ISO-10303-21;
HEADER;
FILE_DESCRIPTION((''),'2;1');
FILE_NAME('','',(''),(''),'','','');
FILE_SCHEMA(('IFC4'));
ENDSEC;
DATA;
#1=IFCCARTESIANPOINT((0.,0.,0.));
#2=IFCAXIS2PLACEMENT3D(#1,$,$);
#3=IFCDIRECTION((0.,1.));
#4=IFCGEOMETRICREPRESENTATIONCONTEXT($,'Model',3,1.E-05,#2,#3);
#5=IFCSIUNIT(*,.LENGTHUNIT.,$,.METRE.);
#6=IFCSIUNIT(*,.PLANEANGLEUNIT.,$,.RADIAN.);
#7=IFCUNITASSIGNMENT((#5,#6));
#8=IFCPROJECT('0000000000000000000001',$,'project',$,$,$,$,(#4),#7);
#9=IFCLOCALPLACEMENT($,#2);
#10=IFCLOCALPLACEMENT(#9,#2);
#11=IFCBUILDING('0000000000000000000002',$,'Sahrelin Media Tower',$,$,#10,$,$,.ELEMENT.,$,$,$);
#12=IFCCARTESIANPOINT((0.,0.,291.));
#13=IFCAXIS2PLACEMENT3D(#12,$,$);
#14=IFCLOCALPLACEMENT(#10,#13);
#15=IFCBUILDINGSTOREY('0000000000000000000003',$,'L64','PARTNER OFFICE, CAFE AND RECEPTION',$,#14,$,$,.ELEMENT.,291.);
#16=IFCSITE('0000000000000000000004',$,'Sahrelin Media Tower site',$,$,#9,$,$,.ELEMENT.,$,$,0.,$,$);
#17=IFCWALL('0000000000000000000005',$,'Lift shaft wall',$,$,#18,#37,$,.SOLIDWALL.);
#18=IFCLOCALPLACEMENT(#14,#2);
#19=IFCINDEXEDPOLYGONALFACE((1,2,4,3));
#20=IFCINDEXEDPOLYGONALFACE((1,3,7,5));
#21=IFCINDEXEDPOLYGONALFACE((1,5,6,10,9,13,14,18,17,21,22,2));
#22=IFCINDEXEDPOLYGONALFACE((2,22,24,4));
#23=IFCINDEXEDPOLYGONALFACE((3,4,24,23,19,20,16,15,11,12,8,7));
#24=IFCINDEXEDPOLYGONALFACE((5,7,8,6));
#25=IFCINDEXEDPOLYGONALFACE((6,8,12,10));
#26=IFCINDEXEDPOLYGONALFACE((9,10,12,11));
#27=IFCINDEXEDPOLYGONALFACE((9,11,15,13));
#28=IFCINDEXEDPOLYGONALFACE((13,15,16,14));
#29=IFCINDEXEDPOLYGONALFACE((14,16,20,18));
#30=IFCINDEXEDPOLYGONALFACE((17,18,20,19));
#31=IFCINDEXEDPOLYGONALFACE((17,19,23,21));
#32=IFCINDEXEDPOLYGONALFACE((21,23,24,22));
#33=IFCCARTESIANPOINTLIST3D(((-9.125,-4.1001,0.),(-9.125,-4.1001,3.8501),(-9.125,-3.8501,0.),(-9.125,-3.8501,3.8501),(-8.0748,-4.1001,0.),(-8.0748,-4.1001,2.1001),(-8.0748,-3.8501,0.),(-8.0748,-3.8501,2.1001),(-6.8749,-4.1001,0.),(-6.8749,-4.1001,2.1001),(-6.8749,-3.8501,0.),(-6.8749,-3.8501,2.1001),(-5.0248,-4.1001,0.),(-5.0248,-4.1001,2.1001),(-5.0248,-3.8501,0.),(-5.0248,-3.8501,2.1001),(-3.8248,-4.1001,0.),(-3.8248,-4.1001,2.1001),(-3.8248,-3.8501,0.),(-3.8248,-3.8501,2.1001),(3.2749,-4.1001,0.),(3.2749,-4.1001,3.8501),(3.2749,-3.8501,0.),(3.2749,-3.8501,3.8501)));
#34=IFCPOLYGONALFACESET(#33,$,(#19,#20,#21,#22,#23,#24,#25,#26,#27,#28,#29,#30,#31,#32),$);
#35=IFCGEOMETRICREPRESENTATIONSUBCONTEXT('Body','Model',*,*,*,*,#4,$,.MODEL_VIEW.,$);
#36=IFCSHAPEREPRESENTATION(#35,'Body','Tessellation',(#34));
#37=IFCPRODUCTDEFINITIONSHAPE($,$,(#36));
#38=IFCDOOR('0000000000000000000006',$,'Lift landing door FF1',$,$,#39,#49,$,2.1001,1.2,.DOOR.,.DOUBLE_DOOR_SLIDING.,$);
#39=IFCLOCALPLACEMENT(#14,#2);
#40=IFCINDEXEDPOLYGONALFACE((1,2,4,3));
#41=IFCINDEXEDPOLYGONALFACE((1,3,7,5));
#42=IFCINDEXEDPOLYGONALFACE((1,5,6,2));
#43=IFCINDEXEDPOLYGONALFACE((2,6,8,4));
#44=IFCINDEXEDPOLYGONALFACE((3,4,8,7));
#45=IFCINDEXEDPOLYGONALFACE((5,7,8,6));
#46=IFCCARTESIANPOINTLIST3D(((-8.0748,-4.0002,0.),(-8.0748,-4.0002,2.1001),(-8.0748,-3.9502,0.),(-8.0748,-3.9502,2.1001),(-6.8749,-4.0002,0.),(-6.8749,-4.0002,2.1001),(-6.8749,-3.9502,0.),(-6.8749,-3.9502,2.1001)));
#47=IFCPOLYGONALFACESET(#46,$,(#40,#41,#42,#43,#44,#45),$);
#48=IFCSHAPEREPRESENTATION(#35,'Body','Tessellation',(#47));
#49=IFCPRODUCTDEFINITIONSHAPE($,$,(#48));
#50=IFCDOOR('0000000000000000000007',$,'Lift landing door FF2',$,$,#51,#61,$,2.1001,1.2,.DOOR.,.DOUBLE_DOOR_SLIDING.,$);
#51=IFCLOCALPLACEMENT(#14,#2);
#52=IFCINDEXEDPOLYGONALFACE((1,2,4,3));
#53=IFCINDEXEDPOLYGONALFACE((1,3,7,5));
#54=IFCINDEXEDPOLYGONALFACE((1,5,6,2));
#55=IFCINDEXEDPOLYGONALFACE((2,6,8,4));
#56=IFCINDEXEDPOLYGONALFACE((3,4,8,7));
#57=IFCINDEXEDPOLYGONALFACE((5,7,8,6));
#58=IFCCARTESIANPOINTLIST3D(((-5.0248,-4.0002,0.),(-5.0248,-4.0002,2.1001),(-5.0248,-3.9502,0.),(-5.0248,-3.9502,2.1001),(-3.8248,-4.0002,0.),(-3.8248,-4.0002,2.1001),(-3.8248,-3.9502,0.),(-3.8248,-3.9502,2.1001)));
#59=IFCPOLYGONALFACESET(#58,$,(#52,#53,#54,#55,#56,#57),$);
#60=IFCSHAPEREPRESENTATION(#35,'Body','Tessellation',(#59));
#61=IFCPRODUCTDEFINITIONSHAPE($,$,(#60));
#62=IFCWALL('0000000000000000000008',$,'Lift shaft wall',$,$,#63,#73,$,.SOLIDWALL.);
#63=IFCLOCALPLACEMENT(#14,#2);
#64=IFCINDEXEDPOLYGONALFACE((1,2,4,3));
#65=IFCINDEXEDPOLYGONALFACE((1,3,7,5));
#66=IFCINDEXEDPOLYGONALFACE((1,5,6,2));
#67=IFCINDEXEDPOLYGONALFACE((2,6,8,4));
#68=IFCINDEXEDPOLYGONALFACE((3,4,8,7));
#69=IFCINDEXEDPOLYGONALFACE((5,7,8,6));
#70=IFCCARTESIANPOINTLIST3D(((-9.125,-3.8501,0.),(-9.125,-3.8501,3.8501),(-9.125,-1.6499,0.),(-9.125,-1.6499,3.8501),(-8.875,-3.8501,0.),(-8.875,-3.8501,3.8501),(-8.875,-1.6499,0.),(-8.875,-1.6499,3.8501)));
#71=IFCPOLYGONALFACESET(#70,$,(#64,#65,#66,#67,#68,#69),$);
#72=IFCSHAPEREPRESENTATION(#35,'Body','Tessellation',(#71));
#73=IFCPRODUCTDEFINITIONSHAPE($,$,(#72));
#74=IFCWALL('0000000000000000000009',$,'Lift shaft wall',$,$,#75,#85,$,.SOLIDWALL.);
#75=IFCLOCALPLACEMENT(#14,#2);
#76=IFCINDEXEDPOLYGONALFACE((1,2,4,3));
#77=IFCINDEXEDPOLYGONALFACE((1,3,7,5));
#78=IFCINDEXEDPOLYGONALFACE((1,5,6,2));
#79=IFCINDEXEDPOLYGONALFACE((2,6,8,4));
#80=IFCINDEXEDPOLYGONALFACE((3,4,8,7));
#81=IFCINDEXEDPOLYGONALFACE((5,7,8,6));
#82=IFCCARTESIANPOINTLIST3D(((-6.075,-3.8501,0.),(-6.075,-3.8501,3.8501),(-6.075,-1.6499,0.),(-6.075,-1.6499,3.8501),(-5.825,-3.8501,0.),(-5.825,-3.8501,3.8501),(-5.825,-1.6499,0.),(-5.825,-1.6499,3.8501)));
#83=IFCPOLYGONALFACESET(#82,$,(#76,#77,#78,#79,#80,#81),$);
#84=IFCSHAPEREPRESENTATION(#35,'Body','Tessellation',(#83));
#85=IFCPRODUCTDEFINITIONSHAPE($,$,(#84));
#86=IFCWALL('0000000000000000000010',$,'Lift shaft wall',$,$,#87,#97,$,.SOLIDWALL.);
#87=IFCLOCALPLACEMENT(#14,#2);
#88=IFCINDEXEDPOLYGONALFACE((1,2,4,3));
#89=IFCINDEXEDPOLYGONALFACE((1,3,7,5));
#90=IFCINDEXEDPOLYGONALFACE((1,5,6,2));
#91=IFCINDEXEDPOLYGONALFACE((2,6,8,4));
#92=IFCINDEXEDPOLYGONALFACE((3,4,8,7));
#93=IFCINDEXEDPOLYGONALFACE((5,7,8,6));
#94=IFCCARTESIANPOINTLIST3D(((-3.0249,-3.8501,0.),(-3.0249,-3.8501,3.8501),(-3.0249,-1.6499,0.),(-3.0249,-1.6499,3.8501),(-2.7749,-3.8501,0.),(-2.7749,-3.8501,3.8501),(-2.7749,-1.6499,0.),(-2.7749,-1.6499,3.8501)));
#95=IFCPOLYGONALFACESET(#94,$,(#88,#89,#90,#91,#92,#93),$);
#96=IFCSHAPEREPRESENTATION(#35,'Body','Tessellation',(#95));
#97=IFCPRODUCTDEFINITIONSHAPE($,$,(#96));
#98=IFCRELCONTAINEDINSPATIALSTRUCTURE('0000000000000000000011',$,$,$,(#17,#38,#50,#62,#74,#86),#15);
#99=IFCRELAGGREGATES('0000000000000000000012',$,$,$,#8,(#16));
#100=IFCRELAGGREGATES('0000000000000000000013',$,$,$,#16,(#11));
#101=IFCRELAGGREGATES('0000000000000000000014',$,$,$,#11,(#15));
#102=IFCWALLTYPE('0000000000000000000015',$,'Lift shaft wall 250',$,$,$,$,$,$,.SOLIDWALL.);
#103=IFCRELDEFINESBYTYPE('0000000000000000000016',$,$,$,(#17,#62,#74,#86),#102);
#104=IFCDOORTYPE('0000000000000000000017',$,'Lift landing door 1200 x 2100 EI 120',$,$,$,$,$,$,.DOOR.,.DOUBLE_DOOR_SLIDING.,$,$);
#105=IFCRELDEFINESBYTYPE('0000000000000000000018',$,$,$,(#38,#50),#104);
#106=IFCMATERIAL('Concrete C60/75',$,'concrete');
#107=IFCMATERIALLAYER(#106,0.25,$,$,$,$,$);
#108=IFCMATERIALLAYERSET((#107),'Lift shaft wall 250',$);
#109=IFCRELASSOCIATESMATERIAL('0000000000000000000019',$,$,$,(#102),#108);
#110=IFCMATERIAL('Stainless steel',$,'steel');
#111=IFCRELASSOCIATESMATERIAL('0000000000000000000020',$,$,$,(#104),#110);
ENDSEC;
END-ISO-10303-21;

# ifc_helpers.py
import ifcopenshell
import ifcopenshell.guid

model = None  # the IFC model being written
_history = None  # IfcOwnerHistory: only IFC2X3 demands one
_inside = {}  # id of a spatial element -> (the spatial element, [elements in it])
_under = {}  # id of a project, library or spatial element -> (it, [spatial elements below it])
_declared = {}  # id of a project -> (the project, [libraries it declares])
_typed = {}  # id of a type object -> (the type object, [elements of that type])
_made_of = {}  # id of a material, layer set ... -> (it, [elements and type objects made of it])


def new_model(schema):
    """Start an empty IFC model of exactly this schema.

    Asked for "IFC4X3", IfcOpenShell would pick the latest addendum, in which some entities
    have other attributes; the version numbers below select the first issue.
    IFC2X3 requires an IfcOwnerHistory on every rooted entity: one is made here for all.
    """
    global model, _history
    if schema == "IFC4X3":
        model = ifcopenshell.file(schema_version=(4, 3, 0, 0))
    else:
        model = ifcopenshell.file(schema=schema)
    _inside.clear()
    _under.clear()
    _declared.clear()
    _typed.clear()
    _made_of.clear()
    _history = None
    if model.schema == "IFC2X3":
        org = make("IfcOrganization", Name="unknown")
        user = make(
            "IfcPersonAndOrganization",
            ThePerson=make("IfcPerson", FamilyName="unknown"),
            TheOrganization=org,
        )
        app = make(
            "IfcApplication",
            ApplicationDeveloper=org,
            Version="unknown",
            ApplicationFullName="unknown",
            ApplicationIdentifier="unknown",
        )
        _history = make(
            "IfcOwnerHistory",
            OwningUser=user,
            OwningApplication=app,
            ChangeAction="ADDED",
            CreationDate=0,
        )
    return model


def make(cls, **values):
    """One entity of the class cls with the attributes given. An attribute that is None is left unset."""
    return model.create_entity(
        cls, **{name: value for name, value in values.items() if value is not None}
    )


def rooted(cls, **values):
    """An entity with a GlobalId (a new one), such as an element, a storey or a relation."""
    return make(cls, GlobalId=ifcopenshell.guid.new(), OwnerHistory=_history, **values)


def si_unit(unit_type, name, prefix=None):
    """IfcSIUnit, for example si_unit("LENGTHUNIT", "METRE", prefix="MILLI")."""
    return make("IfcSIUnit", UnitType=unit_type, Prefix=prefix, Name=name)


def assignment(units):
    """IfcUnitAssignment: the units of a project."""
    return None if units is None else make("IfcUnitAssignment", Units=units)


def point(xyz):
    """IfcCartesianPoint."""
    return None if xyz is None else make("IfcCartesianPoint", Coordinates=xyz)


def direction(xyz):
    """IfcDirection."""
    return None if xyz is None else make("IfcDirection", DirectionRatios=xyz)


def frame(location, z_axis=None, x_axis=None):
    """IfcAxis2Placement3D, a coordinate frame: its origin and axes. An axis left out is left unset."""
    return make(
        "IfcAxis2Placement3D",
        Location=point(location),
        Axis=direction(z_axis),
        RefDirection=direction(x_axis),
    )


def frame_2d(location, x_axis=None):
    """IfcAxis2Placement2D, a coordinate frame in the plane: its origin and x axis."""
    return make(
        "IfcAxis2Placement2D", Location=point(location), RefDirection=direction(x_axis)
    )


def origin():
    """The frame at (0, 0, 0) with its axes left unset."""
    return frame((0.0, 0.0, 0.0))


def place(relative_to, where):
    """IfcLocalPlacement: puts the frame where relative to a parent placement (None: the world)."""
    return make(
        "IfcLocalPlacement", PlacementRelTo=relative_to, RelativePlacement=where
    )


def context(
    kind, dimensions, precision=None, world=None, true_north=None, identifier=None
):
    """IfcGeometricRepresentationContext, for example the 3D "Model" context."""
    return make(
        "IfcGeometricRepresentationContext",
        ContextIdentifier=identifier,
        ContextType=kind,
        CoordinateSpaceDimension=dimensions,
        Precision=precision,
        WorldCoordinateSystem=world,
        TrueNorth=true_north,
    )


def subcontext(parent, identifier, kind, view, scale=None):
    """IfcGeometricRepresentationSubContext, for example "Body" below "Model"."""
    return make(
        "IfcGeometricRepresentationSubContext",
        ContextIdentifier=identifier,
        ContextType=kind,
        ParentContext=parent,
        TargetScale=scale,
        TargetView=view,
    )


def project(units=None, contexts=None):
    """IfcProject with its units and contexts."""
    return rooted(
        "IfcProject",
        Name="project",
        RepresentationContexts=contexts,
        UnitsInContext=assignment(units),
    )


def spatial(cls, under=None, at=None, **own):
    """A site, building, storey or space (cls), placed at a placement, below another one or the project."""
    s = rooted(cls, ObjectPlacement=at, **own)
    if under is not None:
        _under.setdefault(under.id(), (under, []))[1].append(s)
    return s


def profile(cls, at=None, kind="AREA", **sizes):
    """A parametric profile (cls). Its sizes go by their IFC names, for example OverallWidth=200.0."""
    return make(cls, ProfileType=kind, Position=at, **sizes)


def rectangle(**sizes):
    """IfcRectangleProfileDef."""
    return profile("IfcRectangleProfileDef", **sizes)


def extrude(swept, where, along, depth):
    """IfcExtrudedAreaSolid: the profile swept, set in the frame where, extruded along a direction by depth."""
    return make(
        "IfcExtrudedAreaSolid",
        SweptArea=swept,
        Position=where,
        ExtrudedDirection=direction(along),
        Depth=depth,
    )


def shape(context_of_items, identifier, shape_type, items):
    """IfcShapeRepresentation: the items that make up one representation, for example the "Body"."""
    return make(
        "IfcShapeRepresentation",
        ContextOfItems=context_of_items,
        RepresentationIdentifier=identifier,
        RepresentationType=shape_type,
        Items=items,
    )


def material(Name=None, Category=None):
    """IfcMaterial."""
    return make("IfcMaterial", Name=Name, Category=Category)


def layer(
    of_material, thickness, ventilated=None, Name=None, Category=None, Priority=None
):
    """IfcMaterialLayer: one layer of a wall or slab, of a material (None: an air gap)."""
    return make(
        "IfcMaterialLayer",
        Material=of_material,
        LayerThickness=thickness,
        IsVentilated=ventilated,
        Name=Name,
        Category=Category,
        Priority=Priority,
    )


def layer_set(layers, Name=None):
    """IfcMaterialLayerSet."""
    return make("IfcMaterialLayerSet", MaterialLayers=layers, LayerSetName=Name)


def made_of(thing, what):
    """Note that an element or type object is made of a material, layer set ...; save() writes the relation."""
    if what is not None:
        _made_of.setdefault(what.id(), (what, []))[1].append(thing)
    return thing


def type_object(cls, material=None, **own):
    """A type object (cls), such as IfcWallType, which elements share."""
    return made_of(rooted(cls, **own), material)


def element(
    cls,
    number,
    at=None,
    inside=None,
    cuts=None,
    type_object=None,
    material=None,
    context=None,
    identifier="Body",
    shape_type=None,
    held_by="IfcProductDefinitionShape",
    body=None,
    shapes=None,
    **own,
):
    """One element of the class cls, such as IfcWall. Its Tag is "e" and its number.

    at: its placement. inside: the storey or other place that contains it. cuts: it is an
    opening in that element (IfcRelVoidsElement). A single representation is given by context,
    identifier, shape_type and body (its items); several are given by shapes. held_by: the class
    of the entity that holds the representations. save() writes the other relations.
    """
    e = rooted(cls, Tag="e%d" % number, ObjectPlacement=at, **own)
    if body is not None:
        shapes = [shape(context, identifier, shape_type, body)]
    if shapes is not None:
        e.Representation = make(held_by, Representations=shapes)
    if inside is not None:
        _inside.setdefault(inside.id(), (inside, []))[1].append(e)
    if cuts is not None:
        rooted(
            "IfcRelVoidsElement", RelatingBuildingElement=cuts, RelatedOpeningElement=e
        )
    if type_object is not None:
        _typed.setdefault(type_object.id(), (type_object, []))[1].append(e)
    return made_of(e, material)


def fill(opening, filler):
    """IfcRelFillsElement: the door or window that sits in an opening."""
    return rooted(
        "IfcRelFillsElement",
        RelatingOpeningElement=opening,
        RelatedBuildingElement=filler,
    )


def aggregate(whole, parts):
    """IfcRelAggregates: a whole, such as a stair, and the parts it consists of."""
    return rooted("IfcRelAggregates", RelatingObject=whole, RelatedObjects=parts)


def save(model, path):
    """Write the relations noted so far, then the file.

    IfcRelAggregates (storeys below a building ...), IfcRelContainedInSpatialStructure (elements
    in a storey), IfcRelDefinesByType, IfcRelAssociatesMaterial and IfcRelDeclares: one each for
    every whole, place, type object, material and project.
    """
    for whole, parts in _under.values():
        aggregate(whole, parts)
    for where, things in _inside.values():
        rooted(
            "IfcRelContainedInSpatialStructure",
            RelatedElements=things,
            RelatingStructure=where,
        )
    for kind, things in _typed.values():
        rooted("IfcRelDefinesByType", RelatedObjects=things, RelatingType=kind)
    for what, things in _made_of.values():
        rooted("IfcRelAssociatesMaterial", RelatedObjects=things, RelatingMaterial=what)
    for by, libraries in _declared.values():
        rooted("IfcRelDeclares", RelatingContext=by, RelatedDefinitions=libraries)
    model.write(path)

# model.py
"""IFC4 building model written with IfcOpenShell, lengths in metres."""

from ifc_helpers import new_model, si_unit, direction, frame, frame_2d, origin, place, context, subcontext, project, spatial, rectangle, extrude, material, layer, layer_set, type_object, element, fill, save


model = new_model("IFC4")

# Units and contexts
model_context = context("Model", 3, precision=1e-05, world=origin(), true_north=direction((0.0, 1.0)))
body_context = subcontext(model_context, "Body", "Model", "MODEL_VIEW")
ifc_project = project(units=[si_unit("LENGTHUNIT", "METRE"), si_unit("PLANEANGLEUNIT", "RADIAN")], contexts=[model_context])

# Site, building, storey
site_placement = place(None, origin())
site = spatial("IfcSite", under=ifc_project, at=site_placement, Name="Sahrelin Media Tower site", CompositionType="ELEMENT", RefElevation=0.0)
building_placement = place(site_placement, origin())
building = spatial("IfcBuilding", under=site, at=building_placement, Name="Sahrelin Media Tower", CompositionType="ELEMENT")
storey_placement = place(building_placement, frame((0.0, 0.0, 291.0)))
storey = spatial("IfcBuildingStorey", under=building, at=storey_placement, Name="L64", Description="PARTNER OFFICE, CAFE AND RECEPTION", CompositionType="ELEMENT", Elevation=291.0)

# Shared definitions
ifc_material_1 = material(Name="Concrete C60/75", Category="concrete")

# Wall, openings, doors
ifc_layer_1 = layer(ifc_material_1, 0.25)
ifc_layer_set_1 = layer_set([ifc_layer_1], Name="Lift shaft wall 250")
wall_type_1 = type_object("IfcWallType", Name="Lift shaft wall 250", PredefinedType="SOLIDWALL", material=ifc_layer_set_1)
ifc_material_2 = material(Name="Stainless steel", Category="steel")
door_type_1 = type_object("IfcDoorType", Name="Lift landing door 1200 x 2100 EI 120", OperationType="DOUBLE_DOOR_SLIDING", PredefinedType="DOOR", material=ifc_material_2)
wall_1_placement = place(storey_placement, frame((-9.125, -3.9751, 0.0), z_axis=(0.0, 0.0, 1.0), x_axis=(1.0, 0.0, 0.0)))
wall_1 = element("IfcWall", 1, at=wall_1_placement, inside=storey, type_object=wall_type_1, Name="Lift shaft wall", PredefinedType="SOLIDWALL", context=body_context, shape_type="SweptSolid", body=[
    extrude(rectangle(XDim=12.3999, YDim=0.25, at=frame_2d((6.2, 0.0))), origin(), (0.0, 0.0, 1.0), 3.8501),
])
opening_1_placement = place(wall_1_placement, frame((1.05, 0.0, 0.0)))
opening_1 = element("IfcOpeningElement", 2, at=opening_1_placement, cuts=wall_1, PredefinedType="OPENING", context=body_context, shape_type="SweptSolid", body=[
    extrude(rectangle(XDim=1.2, YDim=2.1001, at=frame_2d((0.6001, 1.05))), frame((0.0, 0.125, 0.0), z_axis=(0.0, -1.0, 0.0), x_axis=(1.0, 0.0, 0.0)), (0.0, 0.0, 1.0), 0.25),
])
opening_2_placement = place(wall_1_placement, frame((4.1001, 0.0, 0.0)))
opening_2 = element("IfcOpeningElement", 3, at=opening_2_placement, cuts=wall_1, PredefinedType="OPENING", context=body_context, shape_type="SweptSolid", body=[
    extrude(rectangle(XDim=1.2, YDim=2.1001, at=frame_2d((0.6001, 1.05))), frame((0.0, 0.125, 0.0), z_axis=(0.0, -1.0, 0.0), x_axis=(1.0, 0.0, 0.0)), (0.0, 0.0, 1.0), 0.25),
])
door_1_placement = place(opening_1_placement, origin())
door_1 = element("IfcDoor", 4, at=door_1_placement, inside=storey, type_object=door_type_1, Name="Lift landing door FF1", OperationType="DOUBLE_DOOR_SLIDING", OverallHeight=2.1001, OverallWidth=1.2, PredefinedType="DOOR", context=body_context, shape_type="SweptSolid", body=[
    extrude(rectangle(XDim=1.2, YDim=2.1001, at=frame_2d((0.6001, 1.05))), frame((0.0, 0.0249, 0.0), z_axis=(0.0, -1.0, 0.0), x_axis=(1.0, 0.0, 0.0)), (0.0, 0.0, 1.0), 0.05),
])
fill(opening_1, door_1)
door_2_placement = place(opening_2_placement, origin())
door_2 = element("IfcDoor", 5, at=door_2_placement, inside=storey, type_object=door_type_1, Name="Lift landing door FF2", OperationType="DOUBLE_DOOR_SLIDING", OverallHeight=2.1001, OverallWidth=1.2, PredefinedType="DOOR", context=body_context, shape_type="SweptSolid", body=[
    extrude(rectangle(XDim=1.2, YDim=2.1001, at=frame_2d((0.6001, 1.05))), frame((0.0, 0.0249, 0.0), z_axis=(0.0, -1.0, 0.0), x_axis=(1.0, 0.0, 0.0)), (0.0, 0.0, 1.0), 0.05),
])
fill(opening_2, door_2)

# Walls
for number, where, z_axis, x_axis, name in (
    (6, (-9.0, -3.8501, 0.0), (0.0, 0.0, 1.0), (0.0, 1.0, 0.0), "Lift shaft wall"),
    (7, (-5.95, -3.8501, 0.0), (0.0, 0.0, 1.0), (0.0, 1.0, 0.0), "Lift shaft wall"),
    (8, (-2.8999, -3.8501, 0.0), (0.0, 0.0, 1.0), (0.0, 1.0, 0.0), "Lift shaft wall"),
):
    element("IfcWall", number, at=place(storey_placement, frame(where, z_axis=z_axis, x_axis=x_axis)), inside=storey, type_object=wall_type_1, Name=name, PredefinedType="SOLIDWALL", context=body_context, shape_type="SweptSolid", body=[
        extrude(rectangle(XDim=2.2002, YDim=0.25, at=frame_2d((1.1001, 0.0))), origin(), (0.0, 0.0, 1.0), 3.8501),
    ])

save(model, "model.ifc")
